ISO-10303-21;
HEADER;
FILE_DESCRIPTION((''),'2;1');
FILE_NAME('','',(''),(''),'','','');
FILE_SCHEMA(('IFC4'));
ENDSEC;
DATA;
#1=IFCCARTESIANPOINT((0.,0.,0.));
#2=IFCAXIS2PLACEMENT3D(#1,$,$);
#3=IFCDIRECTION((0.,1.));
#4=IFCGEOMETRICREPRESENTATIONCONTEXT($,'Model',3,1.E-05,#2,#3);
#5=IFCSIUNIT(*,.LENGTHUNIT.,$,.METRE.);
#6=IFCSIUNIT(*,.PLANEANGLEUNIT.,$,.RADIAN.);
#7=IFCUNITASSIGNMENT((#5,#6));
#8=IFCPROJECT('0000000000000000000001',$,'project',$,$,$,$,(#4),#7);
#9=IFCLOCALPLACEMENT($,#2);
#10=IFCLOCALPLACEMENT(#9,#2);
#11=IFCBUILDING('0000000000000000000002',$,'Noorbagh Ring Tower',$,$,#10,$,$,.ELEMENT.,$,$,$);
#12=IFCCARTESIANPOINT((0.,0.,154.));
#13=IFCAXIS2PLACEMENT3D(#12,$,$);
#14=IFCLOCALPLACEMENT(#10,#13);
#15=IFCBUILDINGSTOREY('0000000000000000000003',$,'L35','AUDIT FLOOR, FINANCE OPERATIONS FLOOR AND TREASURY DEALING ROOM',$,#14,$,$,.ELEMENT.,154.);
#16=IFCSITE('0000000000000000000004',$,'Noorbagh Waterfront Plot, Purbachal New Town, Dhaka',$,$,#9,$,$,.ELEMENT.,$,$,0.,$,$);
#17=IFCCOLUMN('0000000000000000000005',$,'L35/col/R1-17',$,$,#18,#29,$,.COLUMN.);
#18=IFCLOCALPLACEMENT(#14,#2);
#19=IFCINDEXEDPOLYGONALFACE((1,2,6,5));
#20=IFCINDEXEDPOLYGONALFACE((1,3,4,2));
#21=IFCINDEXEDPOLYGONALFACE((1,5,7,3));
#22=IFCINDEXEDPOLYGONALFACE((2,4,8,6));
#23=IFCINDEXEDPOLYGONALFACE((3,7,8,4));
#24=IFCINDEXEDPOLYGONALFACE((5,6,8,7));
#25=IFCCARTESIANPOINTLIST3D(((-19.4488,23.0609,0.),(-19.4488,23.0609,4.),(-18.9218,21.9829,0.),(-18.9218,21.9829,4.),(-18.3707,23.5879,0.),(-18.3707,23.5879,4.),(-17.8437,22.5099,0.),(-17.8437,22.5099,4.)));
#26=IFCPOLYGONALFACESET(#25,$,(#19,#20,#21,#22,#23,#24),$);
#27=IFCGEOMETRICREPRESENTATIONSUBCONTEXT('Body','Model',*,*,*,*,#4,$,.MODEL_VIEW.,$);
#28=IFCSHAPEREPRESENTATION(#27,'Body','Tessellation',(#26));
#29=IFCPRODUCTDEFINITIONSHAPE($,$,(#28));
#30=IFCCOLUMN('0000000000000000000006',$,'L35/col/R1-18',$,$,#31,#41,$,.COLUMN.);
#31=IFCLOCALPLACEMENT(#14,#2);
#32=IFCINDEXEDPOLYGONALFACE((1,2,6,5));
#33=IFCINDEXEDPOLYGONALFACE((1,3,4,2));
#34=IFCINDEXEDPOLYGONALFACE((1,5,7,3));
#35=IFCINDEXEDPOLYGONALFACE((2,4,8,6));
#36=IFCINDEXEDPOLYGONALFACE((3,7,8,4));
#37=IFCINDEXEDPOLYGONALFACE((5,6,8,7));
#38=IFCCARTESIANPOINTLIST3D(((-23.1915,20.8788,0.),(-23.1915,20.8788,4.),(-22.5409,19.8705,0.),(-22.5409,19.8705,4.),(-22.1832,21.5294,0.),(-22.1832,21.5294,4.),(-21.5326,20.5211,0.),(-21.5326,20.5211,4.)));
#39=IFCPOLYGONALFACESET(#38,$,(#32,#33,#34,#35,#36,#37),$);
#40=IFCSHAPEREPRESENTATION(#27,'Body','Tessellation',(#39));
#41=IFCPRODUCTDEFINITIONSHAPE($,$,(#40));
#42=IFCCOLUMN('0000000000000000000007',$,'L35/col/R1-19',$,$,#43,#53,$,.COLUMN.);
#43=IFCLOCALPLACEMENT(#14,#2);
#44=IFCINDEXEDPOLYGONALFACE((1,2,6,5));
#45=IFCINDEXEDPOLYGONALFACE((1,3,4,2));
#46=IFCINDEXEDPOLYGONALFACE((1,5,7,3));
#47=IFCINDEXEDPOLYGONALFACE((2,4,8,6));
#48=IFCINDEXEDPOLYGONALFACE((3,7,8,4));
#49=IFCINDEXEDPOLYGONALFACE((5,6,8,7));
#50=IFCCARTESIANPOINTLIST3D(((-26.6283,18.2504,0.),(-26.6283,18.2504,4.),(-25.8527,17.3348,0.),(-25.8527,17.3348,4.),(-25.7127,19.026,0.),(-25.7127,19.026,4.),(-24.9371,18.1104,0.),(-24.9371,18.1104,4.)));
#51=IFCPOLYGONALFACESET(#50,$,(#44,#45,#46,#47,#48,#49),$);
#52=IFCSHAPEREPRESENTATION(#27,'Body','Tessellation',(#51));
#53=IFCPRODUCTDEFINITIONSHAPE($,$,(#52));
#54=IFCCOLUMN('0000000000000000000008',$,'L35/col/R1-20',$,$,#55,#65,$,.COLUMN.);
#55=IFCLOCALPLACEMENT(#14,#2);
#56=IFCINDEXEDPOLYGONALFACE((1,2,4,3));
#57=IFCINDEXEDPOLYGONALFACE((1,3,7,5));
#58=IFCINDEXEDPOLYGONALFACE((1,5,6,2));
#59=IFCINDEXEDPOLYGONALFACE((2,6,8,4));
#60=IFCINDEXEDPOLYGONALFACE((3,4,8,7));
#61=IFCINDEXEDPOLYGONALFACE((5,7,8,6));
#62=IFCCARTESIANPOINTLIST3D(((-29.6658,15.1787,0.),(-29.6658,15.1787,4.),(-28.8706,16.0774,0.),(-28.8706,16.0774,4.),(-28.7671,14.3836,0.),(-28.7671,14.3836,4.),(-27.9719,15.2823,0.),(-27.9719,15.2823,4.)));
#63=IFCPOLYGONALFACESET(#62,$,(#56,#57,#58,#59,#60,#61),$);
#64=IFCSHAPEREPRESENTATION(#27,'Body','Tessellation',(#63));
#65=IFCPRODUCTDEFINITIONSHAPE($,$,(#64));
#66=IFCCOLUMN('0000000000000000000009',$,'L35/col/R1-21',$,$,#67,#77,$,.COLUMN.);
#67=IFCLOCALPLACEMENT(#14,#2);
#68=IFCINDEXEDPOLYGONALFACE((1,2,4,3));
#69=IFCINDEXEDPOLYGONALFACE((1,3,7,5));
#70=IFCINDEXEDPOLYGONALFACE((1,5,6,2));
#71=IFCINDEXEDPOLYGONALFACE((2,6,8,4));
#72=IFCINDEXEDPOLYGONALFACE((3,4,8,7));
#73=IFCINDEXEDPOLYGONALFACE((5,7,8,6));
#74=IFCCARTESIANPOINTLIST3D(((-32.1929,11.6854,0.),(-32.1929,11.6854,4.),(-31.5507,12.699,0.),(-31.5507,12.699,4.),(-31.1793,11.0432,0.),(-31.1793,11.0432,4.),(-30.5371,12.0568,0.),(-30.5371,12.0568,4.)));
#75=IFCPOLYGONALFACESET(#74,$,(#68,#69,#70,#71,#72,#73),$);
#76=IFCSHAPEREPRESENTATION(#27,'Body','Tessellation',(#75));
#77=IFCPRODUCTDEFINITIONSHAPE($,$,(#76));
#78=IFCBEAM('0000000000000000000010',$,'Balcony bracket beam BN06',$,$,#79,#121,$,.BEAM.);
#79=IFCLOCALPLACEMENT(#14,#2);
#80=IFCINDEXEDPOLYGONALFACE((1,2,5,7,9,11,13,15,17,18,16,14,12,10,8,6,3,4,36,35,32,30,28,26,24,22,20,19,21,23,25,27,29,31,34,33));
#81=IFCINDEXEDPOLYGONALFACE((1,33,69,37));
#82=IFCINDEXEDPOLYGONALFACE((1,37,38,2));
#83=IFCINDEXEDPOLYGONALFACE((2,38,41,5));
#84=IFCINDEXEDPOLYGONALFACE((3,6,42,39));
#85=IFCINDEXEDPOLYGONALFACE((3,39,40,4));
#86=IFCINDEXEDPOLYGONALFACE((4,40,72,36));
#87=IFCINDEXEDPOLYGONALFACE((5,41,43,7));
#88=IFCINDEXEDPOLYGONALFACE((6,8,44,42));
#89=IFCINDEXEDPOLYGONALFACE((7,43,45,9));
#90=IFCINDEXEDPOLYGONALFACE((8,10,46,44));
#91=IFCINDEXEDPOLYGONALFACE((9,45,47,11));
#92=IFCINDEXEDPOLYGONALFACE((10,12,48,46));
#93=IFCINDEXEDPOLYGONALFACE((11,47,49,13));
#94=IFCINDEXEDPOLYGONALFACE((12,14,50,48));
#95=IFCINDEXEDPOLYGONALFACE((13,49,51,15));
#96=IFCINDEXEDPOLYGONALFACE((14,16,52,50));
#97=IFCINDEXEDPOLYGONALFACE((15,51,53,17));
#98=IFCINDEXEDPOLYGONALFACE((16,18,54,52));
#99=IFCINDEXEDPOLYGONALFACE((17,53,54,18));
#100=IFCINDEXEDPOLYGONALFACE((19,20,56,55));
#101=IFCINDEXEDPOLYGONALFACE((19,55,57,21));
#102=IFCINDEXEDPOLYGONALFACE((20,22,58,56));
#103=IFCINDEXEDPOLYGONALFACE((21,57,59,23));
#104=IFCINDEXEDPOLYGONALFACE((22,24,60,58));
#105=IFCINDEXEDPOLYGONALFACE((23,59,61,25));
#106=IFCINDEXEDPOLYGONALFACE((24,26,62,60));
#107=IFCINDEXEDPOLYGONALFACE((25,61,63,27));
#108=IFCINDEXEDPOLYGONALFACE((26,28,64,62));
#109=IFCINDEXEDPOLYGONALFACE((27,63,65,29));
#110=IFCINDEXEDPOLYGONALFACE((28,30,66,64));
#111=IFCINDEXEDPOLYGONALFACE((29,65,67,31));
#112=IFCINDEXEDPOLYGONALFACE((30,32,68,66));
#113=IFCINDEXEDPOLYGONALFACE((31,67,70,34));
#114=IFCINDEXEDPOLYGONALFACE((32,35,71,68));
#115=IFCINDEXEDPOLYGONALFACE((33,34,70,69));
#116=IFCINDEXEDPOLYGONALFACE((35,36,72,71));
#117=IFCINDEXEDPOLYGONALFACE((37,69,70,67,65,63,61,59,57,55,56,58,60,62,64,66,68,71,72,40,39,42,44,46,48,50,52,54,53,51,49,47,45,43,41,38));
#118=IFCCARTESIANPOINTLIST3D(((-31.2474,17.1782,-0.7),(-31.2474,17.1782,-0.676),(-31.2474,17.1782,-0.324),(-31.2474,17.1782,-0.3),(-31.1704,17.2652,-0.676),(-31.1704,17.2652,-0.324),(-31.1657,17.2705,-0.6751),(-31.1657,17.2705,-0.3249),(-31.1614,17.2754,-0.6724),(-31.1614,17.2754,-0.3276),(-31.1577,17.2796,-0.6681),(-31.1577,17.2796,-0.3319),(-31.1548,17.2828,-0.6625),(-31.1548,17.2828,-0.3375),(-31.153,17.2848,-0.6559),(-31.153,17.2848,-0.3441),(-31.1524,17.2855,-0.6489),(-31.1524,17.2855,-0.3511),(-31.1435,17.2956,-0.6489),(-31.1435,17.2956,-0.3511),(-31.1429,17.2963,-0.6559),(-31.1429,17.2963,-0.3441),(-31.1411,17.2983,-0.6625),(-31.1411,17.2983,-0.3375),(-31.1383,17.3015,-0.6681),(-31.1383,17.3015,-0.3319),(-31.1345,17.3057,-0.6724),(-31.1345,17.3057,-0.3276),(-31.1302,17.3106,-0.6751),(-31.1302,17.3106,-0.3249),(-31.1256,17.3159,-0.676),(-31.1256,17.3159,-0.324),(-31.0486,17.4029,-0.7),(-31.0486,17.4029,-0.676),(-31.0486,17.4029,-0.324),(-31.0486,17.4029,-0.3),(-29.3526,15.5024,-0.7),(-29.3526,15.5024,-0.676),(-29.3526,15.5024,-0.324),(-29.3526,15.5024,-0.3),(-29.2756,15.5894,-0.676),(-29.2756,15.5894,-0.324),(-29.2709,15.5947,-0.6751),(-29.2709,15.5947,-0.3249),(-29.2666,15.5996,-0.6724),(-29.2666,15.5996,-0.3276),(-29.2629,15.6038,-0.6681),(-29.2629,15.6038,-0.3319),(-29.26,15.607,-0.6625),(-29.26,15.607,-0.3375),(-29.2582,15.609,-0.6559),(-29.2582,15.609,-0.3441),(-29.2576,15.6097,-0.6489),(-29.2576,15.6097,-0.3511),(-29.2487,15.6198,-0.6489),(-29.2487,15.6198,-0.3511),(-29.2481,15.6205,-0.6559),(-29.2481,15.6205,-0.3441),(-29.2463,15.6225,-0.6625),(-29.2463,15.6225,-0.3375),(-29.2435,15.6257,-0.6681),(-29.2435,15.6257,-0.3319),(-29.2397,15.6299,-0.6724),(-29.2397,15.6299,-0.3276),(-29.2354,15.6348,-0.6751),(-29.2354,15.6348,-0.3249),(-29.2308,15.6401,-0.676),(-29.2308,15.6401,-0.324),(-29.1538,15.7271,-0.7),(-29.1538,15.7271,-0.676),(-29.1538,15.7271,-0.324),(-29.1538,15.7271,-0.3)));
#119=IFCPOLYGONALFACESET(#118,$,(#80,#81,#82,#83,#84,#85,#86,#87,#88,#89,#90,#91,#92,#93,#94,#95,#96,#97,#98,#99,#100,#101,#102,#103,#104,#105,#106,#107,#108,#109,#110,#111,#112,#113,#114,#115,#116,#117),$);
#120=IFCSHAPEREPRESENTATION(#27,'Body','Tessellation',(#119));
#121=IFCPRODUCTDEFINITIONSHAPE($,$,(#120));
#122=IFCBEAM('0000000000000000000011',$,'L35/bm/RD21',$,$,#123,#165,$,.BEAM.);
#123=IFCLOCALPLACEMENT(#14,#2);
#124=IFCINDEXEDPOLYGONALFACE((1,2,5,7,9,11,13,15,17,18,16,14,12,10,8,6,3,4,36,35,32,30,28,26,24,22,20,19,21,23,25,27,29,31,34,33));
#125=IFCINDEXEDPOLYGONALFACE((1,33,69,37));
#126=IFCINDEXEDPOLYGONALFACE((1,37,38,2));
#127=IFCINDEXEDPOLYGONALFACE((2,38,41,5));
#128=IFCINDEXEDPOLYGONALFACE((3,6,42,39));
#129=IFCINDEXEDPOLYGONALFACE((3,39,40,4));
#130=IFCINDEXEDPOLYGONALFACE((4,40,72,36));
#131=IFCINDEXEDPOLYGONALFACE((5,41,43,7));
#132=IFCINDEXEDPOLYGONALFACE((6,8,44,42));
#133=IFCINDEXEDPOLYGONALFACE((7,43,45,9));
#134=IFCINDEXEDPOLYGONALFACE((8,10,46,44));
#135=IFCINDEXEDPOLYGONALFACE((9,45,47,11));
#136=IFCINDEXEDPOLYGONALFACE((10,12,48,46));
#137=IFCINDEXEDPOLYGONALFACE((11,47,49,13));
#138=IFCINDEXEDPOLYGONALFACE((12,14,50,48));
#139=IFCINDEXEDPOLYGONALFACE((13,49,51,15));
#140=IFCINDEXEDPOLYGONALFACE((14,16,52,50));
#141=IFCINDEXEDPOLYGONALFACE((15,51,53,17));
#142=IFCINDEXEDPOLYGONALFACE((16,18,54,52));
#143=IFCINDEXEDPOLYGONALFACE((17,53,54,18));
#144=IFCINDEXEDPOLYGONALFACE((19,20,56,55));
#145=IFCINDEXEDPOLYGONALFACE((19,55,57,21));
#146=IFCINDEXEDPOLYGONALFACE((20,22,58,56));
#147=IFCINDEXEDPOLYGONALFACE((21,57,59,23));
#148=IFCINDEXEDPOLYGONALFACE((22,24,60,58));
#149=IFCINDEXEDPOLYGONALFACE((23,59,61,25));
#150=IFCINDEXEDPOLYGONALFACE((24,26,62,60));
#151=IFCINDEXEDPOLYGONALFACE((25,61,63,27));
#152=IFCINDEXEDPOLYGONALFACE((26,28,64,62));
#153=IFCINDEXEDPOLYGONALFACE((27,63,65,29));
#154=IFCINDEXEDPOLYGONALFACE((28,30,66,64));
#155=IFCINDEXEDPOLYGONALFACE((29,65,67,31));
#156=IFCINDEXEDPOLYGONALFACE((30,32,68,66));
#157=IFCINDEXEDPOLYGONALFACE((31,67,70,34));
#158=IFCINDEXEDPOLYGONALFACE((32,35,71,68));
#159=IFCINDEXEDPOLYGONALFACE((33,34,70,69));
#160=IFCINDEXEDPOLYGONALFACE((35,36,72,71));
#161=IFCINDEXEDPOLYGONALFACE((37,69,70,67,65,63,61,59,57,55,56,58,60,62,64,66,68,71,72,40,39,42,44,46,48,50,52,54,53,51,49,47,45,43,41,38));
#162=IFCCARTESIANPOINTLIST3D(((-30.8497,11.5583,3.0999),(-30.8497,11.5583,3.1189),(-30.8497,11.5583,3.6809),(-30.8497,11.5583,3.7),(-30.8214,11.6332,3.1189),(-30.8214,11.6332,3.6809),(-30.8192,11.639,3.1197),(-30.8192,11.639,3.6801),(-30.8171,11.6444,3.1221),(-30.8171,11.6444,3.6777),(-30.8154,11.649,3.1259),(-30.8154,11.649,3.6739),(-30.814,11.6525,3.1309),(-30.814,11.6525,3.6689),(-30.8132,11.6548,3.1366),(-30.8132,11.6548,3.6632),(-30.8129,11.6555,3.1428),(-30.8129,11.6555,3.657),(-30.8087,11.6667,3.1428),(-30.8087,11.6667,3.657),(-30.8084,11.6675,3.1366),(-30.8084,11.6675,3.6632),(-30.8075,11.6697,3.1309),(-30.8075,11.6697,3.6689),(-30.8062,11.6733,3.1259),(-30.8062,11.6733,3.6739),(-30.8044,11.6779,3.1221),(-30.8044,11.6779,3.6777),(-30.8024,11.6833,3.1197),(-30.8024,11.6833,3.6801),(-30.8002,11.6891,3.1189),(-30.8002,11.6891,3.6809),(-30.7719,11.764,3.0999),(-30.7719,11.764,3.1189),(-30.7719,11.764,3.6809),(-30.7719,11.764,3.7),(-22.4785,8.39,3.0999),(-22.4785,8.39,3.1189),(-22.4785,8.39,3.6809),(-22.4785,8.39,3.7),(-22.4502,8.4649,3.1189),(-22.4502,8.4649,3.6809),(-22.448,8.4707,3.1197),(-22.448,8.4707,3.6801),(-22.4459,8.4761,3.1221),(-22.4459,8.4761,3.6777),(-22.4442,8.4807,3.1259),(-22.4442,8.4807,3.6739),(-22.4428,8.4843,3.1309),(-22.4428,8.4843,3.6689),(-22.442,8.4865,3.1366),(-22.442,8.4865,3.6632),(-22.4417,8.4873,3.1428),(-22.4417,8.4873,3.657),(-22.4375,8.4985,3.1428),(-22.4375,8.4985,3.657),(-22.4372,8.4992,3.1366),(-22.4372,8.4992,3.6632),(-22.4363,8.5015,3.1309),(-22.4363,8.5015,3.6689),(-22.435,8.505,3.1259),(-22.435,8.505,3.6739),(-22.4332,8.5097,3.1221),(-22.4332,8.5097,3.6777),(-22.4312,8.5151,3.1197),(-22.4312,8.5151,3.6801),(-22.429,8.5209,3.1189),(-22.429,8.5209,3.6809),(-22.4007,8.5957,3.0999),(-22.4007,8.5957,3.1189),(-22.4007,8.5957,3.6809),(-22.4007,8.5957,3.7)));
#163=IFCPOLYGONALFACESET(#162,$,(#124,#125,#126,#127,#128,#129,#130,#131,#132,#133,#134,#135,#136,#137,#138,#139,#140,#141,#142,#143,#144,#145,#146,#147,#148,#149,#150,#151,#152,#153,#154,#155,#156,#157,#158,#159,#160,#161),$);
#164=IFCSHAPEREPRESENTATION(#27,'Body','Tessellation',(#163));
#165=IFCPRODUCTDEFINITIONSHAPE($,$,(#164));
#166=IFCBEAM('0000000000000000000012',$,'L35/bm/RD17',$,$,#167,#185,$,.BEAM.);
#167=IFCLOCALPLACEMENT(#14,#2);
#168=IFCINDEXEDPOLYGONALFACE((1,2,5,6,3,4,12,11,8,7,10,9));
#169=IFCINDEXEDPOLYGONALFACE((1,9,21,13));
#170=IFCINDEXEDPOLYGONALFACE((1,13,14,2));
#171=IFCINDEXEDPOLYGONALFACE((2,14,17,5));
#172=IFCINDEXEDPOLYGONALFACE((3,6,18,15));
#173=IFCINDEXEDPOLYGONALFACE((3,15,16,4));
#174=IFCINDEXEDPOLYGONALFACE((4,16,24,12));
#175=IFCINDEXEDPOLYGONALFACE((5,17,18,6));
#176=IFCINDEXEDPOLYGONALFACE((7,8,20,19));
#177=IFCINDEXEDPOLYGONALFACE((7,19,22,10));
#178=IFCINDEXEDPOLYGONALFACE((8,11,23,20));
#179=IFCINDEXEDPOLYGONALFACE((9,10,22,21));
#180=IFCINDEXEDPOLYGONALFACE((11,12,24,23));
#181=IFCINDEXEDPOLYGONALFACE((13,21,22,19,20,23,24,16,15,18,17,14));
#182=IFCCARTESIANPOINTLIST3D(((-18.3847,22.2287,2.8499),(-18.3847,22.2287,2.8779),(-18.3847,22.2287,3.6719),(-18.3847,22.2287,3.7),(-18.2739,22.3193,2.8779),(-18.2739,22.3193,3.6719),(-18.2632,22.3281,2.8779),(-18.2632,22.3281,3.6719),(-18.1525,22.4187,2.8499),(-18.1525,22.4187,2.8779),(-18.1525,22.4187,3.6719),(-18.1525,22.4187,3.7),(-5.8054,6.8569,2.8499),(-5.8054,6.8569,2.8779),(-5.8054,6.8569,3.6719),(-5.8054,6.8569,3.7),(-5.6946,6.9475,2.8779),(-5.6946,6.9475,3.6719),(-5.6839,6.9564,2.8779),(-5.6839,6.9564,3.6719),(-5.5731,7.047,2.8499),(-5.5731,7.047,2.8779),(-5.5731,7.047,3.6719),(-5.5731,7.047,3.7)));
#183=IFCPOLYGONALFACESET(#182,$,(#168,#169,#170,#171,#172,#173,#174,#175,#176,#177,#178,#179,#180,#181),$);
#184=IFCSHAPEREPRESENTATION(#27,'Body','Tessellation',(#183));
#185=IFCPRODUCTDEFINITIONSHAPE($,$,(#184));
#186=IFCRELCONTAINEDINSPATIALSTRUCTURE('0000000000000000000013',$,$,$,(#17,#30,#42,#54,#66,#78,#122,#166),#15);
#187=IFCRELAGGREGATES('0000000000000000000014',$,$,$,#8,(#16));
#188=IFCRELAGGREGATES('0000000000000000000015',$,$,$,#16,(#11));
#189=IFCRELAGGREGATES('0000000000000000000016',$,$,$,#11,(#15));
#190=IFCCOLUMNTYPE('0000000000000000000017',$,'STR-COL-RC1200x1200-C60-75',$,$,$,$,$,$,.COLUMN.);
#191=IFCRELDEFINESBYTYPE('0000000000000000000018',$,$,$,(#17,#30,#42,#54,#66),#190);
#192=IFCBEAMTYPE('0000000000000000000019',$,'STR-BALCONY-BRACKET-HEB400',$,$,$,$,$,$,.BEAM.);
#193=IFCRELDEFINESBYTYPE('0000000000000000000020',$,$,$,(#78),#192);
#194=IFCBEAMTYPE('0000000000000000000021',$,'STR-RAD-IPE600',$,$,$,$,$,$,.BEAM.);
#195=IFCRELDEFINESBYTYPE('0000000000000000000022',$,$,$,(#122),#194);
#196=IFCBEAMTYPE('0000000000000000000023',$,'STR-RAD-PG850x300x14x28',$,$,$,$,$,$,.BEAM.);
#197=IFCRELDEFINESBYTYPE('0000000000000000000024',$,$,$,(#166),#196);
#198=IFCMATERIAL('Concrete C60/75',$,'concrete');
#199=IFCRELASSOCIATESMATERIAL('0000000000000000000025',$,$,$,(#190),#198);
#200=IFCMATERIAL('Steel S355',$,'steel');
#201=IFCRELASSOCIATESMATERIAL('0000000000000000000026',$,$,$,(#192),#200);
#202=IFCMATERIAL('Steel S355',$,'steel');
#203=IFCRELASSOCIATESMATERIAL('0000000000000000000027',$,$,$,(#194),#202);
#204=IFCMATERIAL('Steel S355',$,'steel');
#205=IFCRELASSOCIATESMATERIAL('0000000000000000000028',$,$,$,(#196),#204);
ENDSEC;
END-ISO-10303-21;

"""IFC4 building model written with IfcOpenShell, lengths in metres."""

from ifc_helpers import new_model, si_unit, direction, frame, origin, origin_2d, place, context, subcontext, project, spatial, rectangle, i_section, extrude, material, material_profile, profile_set, type_object, element, save


model = new_model("IFC4")

# Units and contexts
model_context = context("Model", 3, precision=1e-05, world=origin(), true_north=direction((0.0, 1.0)))
body_context = subcontext(model_context, "Body", "Model", "MODEL_VIEW")
ifc_project = project(units=[si_unit("LENGTHUNIT", "METRE"), si_unit("PLANEANGLEUNIT", "RADIAN")], contexts=[model_context])

# Site, building, storey
site_placement = place(None, origin())
site = spatial("IfcSite", under=ifc_project, at=site_placement, Name="Noorbagh Waterfront Plot, Purbachal New Town, Dhaka", CompositionType="ELEMENT", RefElevation=0.0)
building_placement = place(site_placement, origin())
building = spatial("IfcBuilding", under=site, at=building_placement, Name="Noorbagh Ring Tower", CompositionType="ELEMENT")
storey_placement = place(building_placement, frame((0.0, 0.0, 154.0)))
storey = spatial("IfcBuildingStorey", under=building, at=storey_placement, Name="L35", Description="AUDIT FLOOR, FINANCE OPERATIONS FLOOR AND TREASURY DEALING ROOM", CompositionType="ELEMENT", Elevation=154.0)

# Columns
ifc_material_1 = material(Name="Concrete C60/75", Category="concrete")
ifc_material_profile_1 = material_profile(ifc_material_1, rectangle(XDim=1.2, YDim=1.2, at=origin_2d()), Name="RC1200x1200")
ifc_profile_set_1 = profile_set([ifc_material_profile_1], Name="Concrete C60/75")
column_type = type_object("IfcColumnType", Name="STR-COL-RC1200x1200-C60-75", PredefinedType="COLUMN", material=ifc_profile_set_1)
for number, where, z_axis, x_axis, name in (
    (1, (-18.6462, 22.7854, 0.0), (0.0, 0.0, 1.0), (-0.898399, -0.43918, 0.0), "L35/col/R1-17"),
    (2, (-22.3621, 20.7, 0.0), (0.0, 0.0, 1.0), (-0.840248, -0.542203, 0.0), "L35/col/R1-18"),
    (3, (-25.7827, 18.1804, 0.0), (0.0, 0.0, 1.0), (-0.763035, -0.646357, 0.0), "L35/col/R1-19"),
    (4, (-28.8188, 15.2305, 0.0), (0.0, 0.0, 1.0), (-0.662636, -0.748942, 0.0), "L35/col/R1-20"),
    (5, (-31.365, 11.8711, 0.0), (0.0, 0.0, 1.0), (-0.53519, -0.844731, 0.0), "L35/col/R1-21"),
):
    element("IfcColumn", number, at=place(storey_placement, frame(where, z_axis=z_axis, x_axis=x_axis)), inside=storey, type_object=column_type, Name=name, PredefinedType="COLUMN", context=body_context, shape_type="SweptSolid", body=[
        extrude(rectangle(XDim=1.2, YDim=1.2, at=origin_2d()), origin(), (0.0, 0.0, 1.0), 4.0),
    ])

# Beams
ifc_material_2 = material(Name="Steel S355", Category="steel")
ifc_material_profile_2 = material_profile(ifc_material_2, i_section(OverallWidth=0.3, OverallDepth=0.3999, WebThickness=0.0134, FlangeThickness=0.0239, FilletRadius=0.0271, at=origin_2d()), Name="HEB400")
ifc_profile_set_2 = profile_set([ifc_material_profile_2], Name="Steel S355")
beam_type_1 = type_object("IfcBeamType", Name="STR-BALCONY-BRACKET-HEB400", PredefinedType="BEAM", material=ifc_profile_set_2)
beam_1_placement = place(storey_placement, frame((-29.2532, 15.6147, -0.5), z_axis=(-0.749068, 0.662493, 0.0), x_axis=(-0.662493, -0.749068, 0.0)))
element("IfcBeam", 6, at=beam_1_placement, inside=storey, type_object=beam_type_1, Name="Balcony bracket beam BN06", PredefinedType="BEAM", context=body_context, shape_type="SweptSolid", body=[
    extrude(i_section(OverallWidth=0.3, OverallDepth=0.3999, WebThickness=0.0134, FlangeThickness=0.0239, FilletRadius=0.0271, at=origin_2d()), origin(), (0.0, 0.0, 1.0), 2.5295),
])
ifc_material_3 = material(Name="Steel S355", Category="steel")
ifc_material_profile_3 = material_profile(ifc_material_3, i_section(OverallWidth=0.22, OverallDepth=0.6001, WebThickness=0.012, FlangeThickness=0.019, FilletRadius=0.0239, at=origin_2d()), Name="IPE600")
ifc_profile_set_3 = profile_set([ifc_material_profile_3], Name="Steel S355")
beam_type_2 = type_object("IfcBeamType", Name="STR-RAD-IPE600", PredefinedType="BEAM", material=ifc_profile_set_3)
beam_2_placement = place(storey_placement, frame((-30.8108, 11.6611, 3.3999), z_axis=(0.935258, -0.353968, 0.0), x_axis=(0.353968, 0.935258, 0.0)))
element("IfcBeam", 7, at=beam_2_placement, inside=storey, type_object=beam_type_2, Name="L35/bm/RD21", PredefinedType="BEAM", context=body_context, shape_type="SweptSolid", body=[
    extrude(i_section(OverallWidth=0.22, OverallDepth=0.6001, WebThickness=0.012, FlangeThickness=0.019, FilletRadius=0.0239, at=origin_2d()), origin(), (0.0, 0.0, 1.0), 8.9507),
])
ifc_material_4 = material(Name="Steel S355", Category="steel")
ifc_material_profile_4 = material_profile(ifc_material_4, i_section(OverallWidth=0.3, OverallDepth=0.8501, WebThickness=0.0139, FlangeThickness=0.0281, at=origin_2d()), Name="PG850x300x14x28")
ifc_profile_set_4 = profile_set([ifc_material_profile_4], Name="Steel S355")
beam_type_3 = type_object("IfcBeamType", Name="STR-RAD-PG850x300x14x28", PredefinedType="BEAM", material=ifc_profile_set_4)
beam_3_placement = place(storey_placement, frame((-18.2686, 22.3237, 3.2749), z_axis=(0.63331, -0.773898, 0.0), x_axis=(0.773898, 0.63331, 0.0)))
element("IfcBeam", 8, at=beam_3_placement, inside=storey, type_object=beam_type_3, Name="L35/bm/RD17", PredefinedType="BEAM", context=body_context, shape_type="SweptSolid", body=[
    extrude(i_section(OverallWidth=0.3, OverallDepth=0.8501, WebThickness=0.0139, FlangeThickness=0.0281, at=origin_2d()), origin(), (0.0, 0.0, 1.0), 19.8628),
])

save(model, "model.ifc")
